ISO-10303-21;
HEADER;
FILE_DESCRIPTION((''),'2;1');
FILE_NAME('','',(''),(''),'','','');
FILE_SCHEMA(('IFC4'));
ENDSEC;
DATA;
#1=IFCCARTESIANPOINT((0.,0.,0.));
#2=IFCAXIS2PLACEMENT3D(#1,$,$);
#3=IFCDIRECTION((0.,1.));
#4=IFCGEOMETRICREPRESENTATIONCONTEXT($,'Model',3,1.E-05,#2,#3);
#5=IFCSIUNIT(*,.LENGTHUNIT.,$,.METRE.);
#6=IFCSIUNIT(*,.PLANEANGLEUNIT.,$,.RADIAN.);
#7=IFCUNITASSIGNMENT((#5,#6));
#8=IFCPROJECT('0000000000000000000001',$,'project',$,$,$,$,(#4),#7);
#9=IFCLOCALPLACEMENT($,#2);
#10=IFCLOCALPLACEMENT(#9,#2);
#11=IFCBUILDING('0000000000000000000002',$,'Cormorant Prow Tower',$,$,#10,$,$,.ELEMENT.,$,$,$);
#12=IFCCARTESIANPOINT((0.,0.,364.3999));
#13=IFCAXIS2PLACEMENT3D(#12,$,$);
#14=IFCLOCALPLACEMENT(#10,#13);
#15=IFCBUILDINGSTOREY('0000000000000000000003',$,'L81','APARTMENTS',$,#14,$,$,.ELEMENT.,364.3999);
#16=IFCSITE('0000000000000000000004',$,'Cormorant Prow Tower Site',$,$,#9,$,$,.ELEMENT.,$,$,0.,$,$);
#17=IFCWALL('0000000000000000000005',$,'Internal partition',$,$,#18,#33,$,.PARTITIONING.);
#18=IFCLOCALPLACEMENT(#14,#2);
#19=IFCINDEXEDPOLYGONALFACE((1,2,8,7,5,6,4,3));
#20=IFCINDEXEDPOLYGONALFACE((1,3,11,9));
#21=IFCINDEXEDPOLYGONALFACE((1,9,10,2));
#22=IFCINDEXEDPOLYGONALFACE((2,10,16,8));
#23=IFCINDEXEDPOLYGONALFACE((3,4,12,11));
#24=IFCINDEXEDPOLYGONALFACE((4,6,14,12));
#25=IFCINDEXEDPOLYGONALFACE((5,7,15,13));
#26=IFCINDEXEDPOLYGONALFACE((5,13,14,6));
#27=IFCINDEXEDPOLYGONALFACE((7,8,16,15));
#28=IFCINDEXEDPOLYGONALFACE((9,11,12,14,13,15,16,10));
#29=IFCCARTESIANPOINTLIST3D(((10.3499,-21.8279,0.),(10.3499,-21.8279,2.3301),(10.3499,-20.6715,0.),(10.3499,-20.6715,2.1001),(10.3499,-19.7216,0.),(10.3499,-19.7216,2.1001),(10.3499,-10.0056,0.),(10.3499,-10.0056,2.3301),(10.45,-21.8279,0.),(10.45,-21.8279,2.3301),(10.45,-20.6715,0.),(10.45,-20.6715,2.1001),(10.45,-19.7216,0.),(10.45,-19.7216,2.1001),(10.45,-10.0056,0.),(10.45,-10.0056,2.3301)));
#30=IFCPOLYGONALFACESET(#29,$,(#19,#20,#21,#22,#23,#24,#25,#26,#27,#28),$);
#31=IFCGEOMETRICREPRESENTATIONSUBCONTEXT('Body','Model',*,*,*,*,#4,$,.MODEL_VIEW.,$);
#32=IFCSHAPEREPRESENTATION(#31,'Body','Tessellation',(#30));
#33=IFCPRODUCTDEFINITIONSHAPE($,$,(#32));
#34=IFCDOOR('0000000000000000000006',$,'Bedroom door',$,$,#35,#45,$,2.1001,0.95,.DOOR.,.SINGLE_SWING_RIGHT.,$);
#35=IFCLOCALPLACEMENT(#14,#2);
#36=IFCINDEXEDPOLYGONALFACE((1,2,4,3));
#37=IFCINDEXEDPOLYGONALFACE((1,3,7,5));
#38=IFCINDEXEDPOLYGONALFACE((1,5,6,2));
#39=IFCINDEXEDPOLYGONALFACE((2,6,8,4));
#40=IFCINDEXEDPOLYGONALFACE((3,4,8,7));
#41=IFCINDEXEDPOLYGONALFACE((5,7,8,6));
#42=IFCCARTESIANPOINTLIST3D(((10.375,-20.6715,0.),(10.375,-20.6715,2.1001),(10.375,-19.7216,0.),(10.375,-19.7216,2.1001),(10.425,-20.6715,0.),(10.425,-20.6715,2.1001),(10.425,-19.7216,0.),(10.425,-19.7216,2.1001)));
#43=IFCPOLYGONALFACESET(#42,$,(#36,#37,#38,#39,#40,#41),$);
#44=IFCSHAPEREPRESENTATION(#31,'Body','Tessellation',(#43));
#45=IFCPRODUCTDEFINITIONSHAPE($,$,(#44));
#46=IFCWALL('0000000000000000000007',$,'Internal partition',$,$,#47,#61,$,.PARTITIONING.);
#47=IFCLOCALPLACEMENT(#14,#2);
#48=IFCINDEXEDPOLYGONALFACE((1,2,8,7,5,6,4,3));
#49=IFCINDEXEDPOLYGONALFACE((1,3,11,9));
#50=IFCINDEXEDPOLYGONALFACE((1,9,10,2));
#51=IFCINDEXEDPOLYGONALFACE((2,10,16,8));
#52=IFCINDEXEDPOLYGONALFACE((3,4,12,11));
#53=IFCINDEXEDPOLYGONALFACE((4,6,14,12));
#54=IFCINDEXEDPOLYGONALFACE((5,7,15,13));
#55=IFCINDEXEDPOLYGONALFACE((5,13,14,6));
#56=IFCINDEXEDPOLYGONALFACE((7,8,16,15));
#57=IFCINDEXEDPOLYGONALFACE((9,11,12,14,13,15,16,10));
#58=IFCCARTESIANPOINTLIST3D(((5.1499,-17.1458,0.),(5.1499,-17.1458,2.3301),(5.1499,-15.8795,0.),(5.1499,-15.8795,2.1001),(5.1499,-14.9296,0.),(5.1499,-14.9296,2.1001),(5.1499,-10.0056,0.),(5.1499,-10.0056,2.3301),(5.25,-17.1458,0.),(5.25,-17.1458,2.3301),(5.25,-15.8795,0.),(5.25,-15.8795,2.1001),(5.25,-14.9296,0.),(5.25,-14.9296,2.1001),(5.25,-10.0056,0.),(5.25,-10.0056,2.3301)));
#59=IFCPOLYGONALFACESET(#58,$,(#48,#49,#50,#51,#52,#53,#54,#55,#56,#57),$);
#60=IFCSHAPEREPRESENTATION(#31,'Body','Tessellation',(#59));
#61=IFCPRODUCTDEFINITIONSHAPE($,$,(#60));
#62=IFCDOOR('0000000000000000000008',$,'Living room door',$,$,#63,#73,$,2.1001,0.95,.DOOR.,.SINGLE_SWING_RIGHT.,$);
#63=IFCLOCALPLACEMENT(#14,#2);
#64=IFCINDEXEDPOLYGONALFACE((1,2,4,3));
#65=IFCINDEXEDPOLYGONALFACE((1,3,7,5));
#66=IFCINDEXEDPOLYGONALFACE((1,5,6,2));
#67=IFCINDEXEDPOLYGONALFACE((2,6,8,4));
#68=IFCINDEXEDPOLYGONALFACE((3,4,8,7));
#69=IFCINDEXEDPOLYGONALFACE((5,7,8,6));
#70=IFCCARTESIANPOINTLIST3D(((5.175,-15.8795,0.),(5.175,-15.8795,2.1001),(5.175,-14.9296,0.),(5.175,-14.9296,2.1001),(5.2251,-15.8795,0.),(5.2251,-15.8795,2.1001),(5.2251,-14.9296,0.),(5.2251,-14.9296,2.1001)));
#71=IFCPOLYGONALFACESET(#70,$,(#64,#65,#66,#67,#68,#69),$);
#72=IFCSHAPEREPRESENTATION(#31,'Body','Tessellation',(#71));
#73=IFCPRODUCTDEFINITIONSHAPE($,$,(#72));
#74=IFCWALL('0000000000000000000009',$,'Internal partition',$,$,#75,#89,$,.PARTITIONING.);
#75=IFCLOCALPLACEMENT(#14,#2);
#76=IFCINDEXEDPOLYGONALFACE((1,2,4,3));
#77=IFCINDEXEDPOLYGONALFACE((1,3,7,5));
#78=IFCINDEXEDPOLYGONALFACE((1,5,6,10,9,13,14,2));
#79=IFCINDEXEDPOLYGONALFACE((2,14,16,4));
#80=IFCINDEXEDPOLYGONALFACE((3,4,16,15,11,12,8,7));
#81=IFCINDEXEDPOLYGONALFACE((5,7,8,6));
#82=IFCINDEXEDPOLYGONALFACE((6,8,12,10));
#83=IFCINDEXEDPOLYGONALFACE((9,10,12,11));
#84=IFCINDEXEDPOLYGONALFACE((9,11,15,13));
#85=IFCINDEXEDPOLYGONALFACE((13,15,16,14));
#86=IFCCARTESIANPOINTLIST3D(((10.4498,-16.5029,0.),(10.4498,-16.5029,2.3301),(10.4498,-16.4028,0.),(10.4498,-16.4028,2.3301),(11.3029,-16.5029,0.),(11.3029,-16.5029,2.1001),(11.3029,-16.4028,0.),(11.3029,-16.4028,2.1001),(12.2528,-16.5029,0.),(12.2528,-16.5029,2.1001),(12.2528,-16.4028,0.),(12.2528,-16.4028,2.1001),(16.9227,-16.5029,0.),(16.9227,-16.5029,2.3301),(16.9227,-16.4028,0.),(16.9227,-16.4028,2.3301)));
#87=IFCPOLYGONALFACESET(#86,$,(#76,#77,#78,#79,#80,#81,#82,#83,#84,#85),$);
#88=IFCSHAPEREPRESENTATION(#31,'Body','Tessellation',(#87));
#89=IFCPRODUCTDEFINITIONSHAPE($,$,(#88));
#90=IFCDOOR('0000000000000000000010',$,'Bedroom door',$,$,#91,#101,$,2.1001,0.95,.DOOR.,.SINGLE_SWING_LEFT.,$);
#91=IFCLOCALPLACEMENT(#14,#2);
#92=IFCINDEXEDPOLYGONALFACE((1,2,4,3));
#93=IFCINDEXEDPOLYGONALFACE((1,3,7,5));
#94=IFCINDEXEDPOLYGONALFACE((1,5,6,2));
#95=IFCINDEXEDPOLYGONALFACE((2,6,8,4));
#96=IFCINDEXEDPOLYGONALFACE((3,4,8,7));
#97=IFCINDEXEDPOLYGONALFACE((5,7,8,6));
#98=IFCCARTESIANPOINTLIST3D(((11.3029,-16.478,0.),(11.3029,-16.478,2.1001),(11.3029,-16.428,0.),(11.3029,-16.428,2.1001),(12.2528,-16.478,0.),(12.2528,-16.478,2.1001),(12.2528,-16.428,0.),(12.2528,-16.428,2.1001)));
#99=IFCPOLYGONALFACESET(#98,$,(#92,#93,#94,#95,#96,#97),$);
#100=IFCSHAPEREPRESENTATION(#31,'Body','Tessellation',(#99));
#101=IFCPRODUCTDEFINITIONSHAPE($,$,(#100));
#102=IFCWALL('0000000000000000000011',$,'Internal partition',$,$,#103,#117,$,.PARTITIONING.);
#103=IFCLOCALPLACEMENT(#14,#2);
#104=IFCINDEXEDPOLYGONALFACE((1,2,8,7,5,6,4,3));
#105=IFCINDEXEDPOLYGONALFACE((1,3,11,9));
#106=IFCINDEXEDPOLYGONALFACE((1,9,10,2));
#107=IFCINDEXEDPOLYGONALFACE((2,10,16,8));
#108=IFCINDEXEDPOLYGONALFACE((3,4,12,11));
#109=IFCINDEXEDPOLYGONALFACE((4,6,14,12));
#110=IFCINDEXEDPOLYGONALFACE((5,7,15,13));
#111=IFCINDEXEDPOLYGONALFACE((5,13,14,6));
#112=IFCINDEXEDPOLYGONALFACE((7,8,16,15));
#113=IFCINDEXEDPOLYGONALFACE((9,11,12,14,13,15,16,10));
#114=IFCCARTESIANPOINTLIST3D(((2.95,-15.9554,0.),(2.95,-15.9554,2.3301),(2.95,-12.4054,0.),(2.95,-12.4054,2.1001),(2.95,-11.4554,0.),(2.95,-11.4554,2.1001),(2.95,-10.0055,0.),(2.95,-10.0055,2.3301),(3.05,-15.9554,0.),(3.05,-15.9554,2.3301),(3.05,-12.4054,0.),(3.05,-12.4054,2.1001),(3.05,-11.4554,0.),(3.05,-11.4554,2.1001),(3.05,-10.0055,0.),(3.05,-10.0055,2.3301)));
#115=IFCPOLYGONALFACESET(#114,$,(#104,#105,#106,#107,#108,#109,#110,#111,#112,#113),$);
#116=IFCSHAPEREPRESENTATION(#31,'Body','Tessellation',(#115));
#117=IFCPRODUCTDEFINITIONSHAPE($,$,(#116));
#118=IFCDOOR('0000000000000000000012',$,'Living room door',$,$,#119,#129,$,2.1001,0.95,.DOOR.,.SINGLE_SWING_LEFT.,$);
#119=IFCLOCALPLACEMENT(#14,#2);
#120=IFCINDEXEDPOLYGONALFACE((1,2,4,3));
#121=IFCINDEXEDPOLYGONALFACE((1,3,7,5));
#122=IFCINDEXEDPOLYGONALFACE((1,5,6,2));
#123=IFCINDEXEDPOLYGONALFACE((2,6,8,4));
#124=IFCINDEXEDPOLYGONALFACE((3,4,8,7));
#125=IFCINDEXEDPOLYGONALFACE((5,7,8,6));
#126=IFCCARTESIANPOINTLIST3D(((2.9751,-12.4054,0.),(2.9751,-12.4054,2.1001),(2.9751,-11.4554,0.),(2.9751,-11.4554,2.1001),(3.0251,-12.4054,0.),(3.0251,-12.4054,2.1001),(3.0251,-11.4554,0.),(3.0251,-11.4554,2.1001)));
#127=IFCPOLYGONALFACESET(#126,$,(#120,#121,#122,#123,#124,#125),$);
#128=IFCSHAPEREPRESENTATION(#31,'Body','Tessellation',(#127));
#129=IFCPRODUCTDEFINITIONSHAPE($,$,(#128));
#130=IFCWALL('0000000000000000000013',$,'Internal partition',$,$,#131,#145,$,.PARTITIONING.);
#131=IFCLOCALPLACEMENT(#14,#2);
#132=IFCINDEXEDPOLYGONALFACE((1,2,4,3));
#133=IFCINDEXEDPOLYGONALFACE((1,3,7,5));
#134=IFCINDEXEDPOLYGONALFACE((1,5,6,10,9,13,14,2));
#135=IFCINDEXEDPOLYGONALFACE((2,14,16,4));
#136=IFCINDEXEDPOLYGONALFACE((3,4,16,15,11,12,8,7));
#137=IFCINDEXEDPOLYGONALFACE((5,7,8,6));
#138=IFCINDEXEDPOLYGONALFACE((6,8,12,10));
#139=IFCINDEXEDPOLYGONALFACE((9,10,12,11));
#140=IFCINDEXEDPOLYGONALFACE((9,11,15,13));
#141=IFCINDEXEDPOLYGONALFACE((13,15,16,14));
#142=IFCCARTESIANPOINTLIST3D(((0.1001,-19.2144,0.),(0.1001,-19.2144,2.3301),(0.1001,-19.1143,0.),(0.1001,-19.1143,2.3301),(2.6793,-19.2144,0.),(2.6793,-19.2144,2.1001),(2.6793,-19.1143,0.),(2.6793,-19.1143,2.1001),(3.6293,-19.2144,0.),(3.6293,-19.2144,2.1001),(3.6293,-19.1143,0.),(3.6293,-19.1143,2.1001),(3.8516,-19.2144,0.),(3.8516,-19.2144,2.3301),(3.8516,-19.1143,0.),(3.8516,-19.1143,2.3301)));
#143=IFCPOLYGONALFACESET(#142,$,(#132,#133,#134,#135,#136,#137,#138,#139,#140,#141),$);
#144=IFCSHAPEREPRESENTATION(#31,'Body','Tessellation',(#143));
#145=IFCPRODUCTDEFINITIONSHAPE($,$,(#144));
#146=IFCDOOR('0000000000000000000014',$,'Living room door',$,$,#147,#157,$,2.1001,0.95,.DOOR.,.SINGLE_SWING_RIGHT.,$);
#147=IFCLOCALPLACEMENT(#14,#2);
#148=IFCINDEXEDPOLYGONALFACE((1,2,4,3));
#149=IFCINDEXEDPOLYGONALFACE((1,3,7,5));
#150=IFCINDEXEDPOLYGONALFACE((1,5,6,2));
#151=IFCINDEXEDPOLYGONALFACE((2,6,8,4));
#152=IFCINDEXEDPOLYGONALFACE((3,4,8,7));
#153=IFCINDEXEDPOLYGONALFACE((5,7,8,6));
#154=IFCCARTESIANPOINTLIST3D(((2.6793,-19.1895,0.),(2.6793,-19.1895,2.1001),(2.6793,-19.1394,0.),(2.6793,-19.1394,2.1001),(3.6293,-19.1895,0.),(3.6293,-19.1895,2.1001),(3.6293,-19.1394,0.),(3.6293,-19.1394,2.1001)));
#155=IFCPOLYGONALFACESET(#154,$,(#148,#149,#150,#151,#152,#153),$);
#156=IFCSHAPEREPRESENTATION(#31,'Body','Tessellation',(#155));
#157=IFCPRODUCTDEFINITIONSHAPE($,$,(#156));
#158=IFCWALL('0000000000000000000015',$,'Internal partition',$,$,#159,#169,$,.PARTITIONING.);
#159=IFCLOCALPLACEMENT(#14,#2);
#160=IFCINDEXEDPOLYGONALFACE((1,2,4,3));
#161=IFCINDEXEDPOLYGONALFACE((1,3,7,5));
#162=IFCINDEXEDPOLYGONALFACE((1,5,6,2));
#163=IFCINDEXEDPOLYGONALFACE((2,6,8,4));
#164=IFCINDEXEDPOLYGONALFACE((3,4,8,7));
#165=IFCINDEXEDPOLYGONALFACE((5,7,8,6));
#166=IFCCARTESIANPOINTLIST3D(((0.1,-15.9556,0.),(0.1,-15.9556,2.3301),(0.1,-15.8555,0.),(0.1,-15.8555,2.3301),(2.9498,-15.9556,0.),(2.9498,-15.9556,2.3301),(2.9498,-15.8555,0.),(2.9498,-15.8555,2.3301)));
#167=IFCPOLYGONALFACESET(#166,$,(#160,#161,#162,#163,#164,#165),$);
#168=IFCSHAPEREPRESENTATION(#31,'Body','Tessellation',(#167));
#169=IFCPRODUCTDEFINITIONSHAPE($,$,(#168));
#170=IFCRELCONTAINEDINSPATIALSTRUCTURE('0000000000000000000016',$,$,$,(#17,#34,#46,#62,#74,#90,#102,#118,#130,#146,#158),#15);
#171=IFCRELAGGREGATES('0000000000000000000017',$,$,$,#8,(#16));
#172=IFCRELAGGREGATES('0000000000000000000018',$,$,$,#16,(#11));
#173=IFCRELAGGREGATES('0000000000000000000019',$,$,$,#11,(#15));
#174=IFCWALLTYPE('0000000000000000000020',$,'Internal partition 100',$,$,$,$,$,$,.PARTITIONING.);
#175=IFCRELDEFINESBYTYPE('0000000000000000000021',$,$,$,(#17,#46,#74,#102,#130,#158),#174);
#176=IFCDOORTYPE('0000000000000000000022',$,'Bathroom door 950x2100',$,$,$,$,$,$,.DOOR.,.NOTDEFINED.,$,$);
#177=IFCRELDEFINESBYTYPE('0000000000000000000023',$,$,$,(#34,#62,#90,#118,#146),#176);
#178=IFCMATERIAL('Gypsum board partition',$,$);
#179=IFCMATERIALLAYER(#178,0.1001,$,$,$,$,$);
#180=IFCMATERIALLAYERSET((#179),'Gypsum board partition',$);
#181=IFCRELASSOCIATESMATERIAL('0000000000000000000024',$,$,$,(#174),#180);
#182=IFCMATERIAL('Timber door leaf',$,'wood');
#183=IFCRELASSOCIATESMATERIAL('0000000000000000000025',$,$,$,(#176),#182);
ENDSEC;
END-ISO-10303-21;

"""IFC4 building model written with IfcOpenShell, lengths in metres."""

from ifc_helpers import new_model, si_unit, direction, frame, frame_2d, origin, place, context, subcontext, project, spatial, rectangle, extrude, material, layer, layer_set, type_object, element, fill, save


model = new_model("IFC4")

# Units and contexts
model_context = context("Model", 3, precision=1e-05, world=origin(), true_north=direction((0.0, 1.0)))
body_context = subcontext(model_context, "Body", "Model", "MODEL_VIEW")
ifc_project = project(units=[si_unit("LENGTHUNIT", "METRE"), si_unit("PLANEANGLEUNIT", "RADIAN")], contexts=[model_context])

# Site, building, storey
site_placement = place(None, origin())
site = spatial("IfcSite", under=ifc_project, at=site_placement, Name="Cormorant Prow Tower Site", CompositionType="ELEMENT", RefElevation=0.0)
building_placement = place(site_placement, origin())
building = spatial("IfcBuilding", under=site, at=building_placement, Name="Cormorant Prow Tower", CompositionType="ELEMENT")
storey_placement = place(building_placement, frame((0.0, 0.0, 364.3999)))
storey = spatial("IfcBuildingStorey", under=building, at=storey_placement, Name="L81", Description="APARTMENTS", CompositionType="ELEMENT", Elevation=364.3999)

# Walls, openings, doors
ifc_material_1 = material(Name="Gypsum board partition")
ifc_layer_1 = layer(ifc_material_1, 0.1001)
ifc_layer_set_1 = layer_set([ifc_layer_1], Name="Gypsum board partition")
wall_type_1 = type_object("IfcWallType", Name="Internal partition 100", PredefinedType="PARTITIONING", material=ifc_layer_set_1)
wall_1_placement = place(storey_placement, frame((10.3999, -21.8279, 0.0), z_axis=(0.0, 0.0, 1.0), x_axis=(0.0, 1.0, 0.0)))
wall_1 = element("IfcWall", 1, at=wall_1_placement, inside=storey, type_object=wall_type_1, Name="Internal partition", PredefinedType="PARTITIONING", context=body_context, shape_type="SweptSolid", body=[
    extrude(rectangle(XDim=11.8223, YDim=0.1001, at=frame_2d((5.9111, 0.0))), origin(), (0.0, 0.0, 1.0), 2.3301),
])
opening_1_placement = place(wall_1_placement, frame((1.1562, 0.0, 0.0)))
opening_1 = element("IfcOpeningElement", 2, at=opening_1_placement, cuts=wall_1, PredefinedType="OPENING", context=body_context, shape_type="SweptSolid", body=[
    extrude(rectangle(XDim=0.95, YDim=2.1001, at=frame_2d((0.4751, 1.05))), frame((0.0, 0.0601, 0.0), z_axis=(0.0, -1.0, 0.0), x_axis=(1.0, 0.0, 0.0)), (0.0, 0.0, 1.0), 0.1201),
])
ifc_material_2 = material(Name="Timber door leaf", Category="wood")
door_type_1 = type_object("IfcDoorType", Name="Bathroom door 950x2100", OperationType="NOTDEFINED", PredefinedType="DOOR", material=ifc_material_2)
door_1_placement = place(opening_1_placement, origin())
door_1 = element("IfcDoor", 3, at=door_1_placement, inside=storey, type_object=door_type_1, Name="Bedroom door", OperationType="SINGLE_SWING_RIGHT", OverallHeight=2.1001, OverallWidth=0.95, PredefinedType="DOOR", context=body_context, shape_type="SweptSolid", body=[
    extrude(rectangle(XDim=0.95, YDim=2.1001, at=frame_2d((0.4751, 1.05))), frame((0.0, 0.0249, 0.0), z_axis=(0.0, -1.0, 0.0), x_axis=(1.0, 0.0, 0.0)), (0.0, 0.0, 1.0), 0.05),
])
fill(opening_1, door_1)
wall_2_placement = place(storey_placement, frame((5.2, -17.1458, 0.0), z_axis=(0.0, 0.0, 1.0), x_axis=(0.0, 1.0, 0.0)))
wall_2 = element("IfcWall", 4, at=wall_2_placement, inside=storey, type_object=wall_type_1, Name="Internal partition", PredefinedType="PARTITIONING", context=body_context, shape_type="SweptSolid", body=[
    extrude(rectangle(XDim=7.1401, YDim=0.1001, at=frame_2d((3.5701, 0.0))), origin(), (0.0, 0.0, 1.0), 2.3301),
])
opening_2_placement = place(wall_2_placement, frame((1.2661, 0.0, 0.0)))
opening_2 = element("IfcOpeningElement", 5, at=opening_2_placement, cuts=wall_2, PredefinedType="OPENING", context=body_context, shape_type="SweptSolid", body=[
    extrude(rectangle(XDim=0.95, YDim=2.1001, at=frame_2d((0.4751, 1.05))), frame((0.0, 0.0601, 0.0), z_axis=(0.0, -1.0, 0.0), x_axis=(1.0, 0.0, 0.0)), (0.0, 0.0, 1.0), 0.1201),
])
door_2_placement = place(opening_2_placement, origin())
door_2 = element("IfcDoor", 6, at=door_2_placement, inside=storey, type_object=door_type_1, Name="Living room door", OperationType="SINGLE_SWING_RIGHT", OverallHeight=2.1001, OverallWidth=0.95, PredefinedType="DOOR", context=body_context, shape_type="SweptSolid", body=[
    extrude(rectangle(XDim=0.95, YDim=2.1001, at=frame_2d((0.4751, 1.05))), frame((0.0, 0.0249, 0.0), z_axis=(0.0, -1.0, 0.0), x_axis=(1.0, 0.0, 0.0)), (0.0, 0.0, 1.0), 0.05),
])
fill(opening_2, door_2)
wall_3_placement = place(storey_placement, frame((10.45, -16.4529, 0.0), z_axis=(0.0, 0.0, 1.0), x_axis=(1.0, 0.0, 0.0)))
wall_3 = element("IfcWall", 7, at=wall_3_placement, inside=storey, type_object=wall_type_1, Name="Internal partition", PredefinedType="PARTITIONING", context=body_context, shape_type="SweptSolid", body=[
    extrude(rectangle(XDim=6.4729, YDim=0.1001, at=frame_2d((3.2363, 0.0))), origin(), (0.0, 0.0, 1.0), 2.3301),
])
opening_3_placement = place(wall_3_placement, frame((0.8528, 0.0, 0.0)))
opening_3 = element("IfcOpeningElement", 8, at=opening_3_placement, cuts=wall_3, PredefinedType="OPENING", context=body_context, shape_type="SweptSolid", body=[
    extrude(rectangle(XDim=0.95, YDim=2.1001, at=frame_2d((0.4751, 1.05))), frame((0.0, 0.0601, 0.0), z_axis=(0.0, -1.0, 0.0), x_axis=(1.0, 0.0, 0.0)), (0.0, 0.0, 1.0), 0.1201),
])
door_3_placement = place(opening_3_placement, origin())
door_3 = element("IfcDoor", 9, at=door_3_placement, inside=storey, type_object=door_type_1, Name="Bedroom door", OperationType="SINGLE_SWING_LEFT", OverallHeight=2.1001, OverallWidth=0.95, PredefinedType="DOOR", context=body_context, shape_type="SweptSolid", body=[
    extrude(rectangle(XDim=0.95, YDim=2.1001, at=frame_2d((0.4751, 1.05))), frame((0.0, 0.0249, 0.0), z_axis=(0.0, -1.0, 0.0), x_axis=(1.0, 0.0, 0.0)), (0.0, 0.0, 1.0), 0.05),
])
fill(opening_3, door_3)
wall_4_placement = place(storey_placement, frame((3.0, -15.9556, 0.0), z_axis=(0.0, 0.0, 1.0), x_axis=(0.0, 1.0, 0.0)))
wall_4 = element("IfcWall", 10, at=wall_4_placement, inside=storey, type_object=wall_type_1, Name="Internal partition", PredefinedType="PARTITIONING", context=body_context, shape_type="SweptSolid", body=[
    extrude(rectangle(XDim=5.95, YDim=0.1001, at=frame_2d((2.9751, 0.0))), origin(), (0.0, 0.0, 1.0), 2.3301),
])
opening_4_placement = place(wall_4_placement, frame((3.55, 0.0, 0.0)))
opening_4 = element("IfcOpeningElement", 11, at=opening_4_placement, cuts=wall_4, PredefinedType="OPENING", context=body_context, shape_type="SweptSolid", body=[
    extrude(rectangle(XDim=0.95, YDim=2.1001, at=frame_2d((0.4751, 1.05))), frame((0.0, 0.0601, 0.0), z_axis=(0.0, -1.0, 0.0), x_axis=(1.0, 0.0, 0.0)), (0.0, 0.0, 1.0), 0.1201),
])
door_4_placement = place(opening_4_placement, origin())
door_4 = element("IfcDoor", 12, at=door_4_placement, inside=storey, type_object=door_type_1, Name="Living room door", OperationType="SINGLE_SWING_LEFT", OverallHeight=2.1001, OverallWidth=0.95, PredefinedType="DOOR", context=body_context, shape_type="SweptSolid", body=[
    extrude(rectangle(XDim=0.95, YDim=2.1001, at=frame_2d((0.4751, 1.05))), frame((0.0, 0.0249, 0.0), z_axis=(0.0, -1.0, 0.0), x_axis=(1.0, 0.0, 0.0)), (0.0, 0.0, 1.0), 0.05),
])
fill(opening_4, door_4)
wall_5_placement = place(storey_placement, frame((0.1001, -19.1643, 0.0), z_axis=(0.0, 0.0, 1.0), x_axis=(1.0, 0.0, 0.0)))
wall_5 = element("IfcWall", 13, at=wall_5_placement, inside=storey, type_object=wall_type_1, Name="Internal partition", PredefinedType="PARTITIONING", context=body_context, shape_type="SweptSolid", body=[
    extrude(rectangle(XDim=3.7515, YDim=0.1001, at=frame_2d((1.8757, 0.0))), origin(), (0.0, 0.0, 1.0), 2.3301),
])
opening_5_placement = place(wall_5_placement, frame((2.5791, 0.0, 0.0)))
opening_5 = element("IfcOpeningElement", 14, at=opening_5_placement, cuts=wall_5, PredefinedType="OPENING", context=body_context, shape_type="SweptSolid", body=[
    extrude(rectangle(XDim=0.95, YDim=2.1001, at=frame_2d((0.4751, 1.05))), frame((0.0, 0.0601, 0.0), z_axis=(0.0, -1.0, 0.0), x_axis=(1.0, 0.0, 0.0)), (0.0, 0.0, 1.0), 0.1201),
])
door_5_placement = place(opening_5_placement, origin())
door_5 = element("IfcDoor", 15, at=door_5_placement, inside=storey, type_object=door_type_1, Name="Living room door", OperationType="SINGLE_SWING_RIGHT", OverallHeight=2.1001, OverallWidth=0.95, PredefinedType="DOOR", context=body_context, shape_type="SweptSolid", body=[
    extrude(rectangle(XDim=0.95, YDim=2.1001, at=frame_2d((0.4751, 1.05))), frame((0.0, 0.0249, 0.0), z_axis=(0.0, -1.0, 0.0), x_axis=(1.0, 0.0, 0.0)), (0.0, 0.0, 1.0), 0.05),
])
fill(opening_5, door_5)

# Wall
wall_6_placement = place(storey_placement, frame((0.1001, -15.9055, 0.0), z_axis=(0.0, 0.0, 1.0), x_axis=(1.0, 0.0, 0.0)))
element("IfcWall", 16, at=wall_6_placement, inside=storey, type_object=wall_type_1, Name="Internal partition", PredefinedType="PARTITIONING", context=body_context, shape_type="SweptSolid", body=[
    extrude(rectangle(XDim=2.8499, YDim=0.1001, at=frame_2d((1.4248, 0.0))), origin(), (0.0, 0.0, 1.0), 2.3301),
])

save(model, "model.ifc")
